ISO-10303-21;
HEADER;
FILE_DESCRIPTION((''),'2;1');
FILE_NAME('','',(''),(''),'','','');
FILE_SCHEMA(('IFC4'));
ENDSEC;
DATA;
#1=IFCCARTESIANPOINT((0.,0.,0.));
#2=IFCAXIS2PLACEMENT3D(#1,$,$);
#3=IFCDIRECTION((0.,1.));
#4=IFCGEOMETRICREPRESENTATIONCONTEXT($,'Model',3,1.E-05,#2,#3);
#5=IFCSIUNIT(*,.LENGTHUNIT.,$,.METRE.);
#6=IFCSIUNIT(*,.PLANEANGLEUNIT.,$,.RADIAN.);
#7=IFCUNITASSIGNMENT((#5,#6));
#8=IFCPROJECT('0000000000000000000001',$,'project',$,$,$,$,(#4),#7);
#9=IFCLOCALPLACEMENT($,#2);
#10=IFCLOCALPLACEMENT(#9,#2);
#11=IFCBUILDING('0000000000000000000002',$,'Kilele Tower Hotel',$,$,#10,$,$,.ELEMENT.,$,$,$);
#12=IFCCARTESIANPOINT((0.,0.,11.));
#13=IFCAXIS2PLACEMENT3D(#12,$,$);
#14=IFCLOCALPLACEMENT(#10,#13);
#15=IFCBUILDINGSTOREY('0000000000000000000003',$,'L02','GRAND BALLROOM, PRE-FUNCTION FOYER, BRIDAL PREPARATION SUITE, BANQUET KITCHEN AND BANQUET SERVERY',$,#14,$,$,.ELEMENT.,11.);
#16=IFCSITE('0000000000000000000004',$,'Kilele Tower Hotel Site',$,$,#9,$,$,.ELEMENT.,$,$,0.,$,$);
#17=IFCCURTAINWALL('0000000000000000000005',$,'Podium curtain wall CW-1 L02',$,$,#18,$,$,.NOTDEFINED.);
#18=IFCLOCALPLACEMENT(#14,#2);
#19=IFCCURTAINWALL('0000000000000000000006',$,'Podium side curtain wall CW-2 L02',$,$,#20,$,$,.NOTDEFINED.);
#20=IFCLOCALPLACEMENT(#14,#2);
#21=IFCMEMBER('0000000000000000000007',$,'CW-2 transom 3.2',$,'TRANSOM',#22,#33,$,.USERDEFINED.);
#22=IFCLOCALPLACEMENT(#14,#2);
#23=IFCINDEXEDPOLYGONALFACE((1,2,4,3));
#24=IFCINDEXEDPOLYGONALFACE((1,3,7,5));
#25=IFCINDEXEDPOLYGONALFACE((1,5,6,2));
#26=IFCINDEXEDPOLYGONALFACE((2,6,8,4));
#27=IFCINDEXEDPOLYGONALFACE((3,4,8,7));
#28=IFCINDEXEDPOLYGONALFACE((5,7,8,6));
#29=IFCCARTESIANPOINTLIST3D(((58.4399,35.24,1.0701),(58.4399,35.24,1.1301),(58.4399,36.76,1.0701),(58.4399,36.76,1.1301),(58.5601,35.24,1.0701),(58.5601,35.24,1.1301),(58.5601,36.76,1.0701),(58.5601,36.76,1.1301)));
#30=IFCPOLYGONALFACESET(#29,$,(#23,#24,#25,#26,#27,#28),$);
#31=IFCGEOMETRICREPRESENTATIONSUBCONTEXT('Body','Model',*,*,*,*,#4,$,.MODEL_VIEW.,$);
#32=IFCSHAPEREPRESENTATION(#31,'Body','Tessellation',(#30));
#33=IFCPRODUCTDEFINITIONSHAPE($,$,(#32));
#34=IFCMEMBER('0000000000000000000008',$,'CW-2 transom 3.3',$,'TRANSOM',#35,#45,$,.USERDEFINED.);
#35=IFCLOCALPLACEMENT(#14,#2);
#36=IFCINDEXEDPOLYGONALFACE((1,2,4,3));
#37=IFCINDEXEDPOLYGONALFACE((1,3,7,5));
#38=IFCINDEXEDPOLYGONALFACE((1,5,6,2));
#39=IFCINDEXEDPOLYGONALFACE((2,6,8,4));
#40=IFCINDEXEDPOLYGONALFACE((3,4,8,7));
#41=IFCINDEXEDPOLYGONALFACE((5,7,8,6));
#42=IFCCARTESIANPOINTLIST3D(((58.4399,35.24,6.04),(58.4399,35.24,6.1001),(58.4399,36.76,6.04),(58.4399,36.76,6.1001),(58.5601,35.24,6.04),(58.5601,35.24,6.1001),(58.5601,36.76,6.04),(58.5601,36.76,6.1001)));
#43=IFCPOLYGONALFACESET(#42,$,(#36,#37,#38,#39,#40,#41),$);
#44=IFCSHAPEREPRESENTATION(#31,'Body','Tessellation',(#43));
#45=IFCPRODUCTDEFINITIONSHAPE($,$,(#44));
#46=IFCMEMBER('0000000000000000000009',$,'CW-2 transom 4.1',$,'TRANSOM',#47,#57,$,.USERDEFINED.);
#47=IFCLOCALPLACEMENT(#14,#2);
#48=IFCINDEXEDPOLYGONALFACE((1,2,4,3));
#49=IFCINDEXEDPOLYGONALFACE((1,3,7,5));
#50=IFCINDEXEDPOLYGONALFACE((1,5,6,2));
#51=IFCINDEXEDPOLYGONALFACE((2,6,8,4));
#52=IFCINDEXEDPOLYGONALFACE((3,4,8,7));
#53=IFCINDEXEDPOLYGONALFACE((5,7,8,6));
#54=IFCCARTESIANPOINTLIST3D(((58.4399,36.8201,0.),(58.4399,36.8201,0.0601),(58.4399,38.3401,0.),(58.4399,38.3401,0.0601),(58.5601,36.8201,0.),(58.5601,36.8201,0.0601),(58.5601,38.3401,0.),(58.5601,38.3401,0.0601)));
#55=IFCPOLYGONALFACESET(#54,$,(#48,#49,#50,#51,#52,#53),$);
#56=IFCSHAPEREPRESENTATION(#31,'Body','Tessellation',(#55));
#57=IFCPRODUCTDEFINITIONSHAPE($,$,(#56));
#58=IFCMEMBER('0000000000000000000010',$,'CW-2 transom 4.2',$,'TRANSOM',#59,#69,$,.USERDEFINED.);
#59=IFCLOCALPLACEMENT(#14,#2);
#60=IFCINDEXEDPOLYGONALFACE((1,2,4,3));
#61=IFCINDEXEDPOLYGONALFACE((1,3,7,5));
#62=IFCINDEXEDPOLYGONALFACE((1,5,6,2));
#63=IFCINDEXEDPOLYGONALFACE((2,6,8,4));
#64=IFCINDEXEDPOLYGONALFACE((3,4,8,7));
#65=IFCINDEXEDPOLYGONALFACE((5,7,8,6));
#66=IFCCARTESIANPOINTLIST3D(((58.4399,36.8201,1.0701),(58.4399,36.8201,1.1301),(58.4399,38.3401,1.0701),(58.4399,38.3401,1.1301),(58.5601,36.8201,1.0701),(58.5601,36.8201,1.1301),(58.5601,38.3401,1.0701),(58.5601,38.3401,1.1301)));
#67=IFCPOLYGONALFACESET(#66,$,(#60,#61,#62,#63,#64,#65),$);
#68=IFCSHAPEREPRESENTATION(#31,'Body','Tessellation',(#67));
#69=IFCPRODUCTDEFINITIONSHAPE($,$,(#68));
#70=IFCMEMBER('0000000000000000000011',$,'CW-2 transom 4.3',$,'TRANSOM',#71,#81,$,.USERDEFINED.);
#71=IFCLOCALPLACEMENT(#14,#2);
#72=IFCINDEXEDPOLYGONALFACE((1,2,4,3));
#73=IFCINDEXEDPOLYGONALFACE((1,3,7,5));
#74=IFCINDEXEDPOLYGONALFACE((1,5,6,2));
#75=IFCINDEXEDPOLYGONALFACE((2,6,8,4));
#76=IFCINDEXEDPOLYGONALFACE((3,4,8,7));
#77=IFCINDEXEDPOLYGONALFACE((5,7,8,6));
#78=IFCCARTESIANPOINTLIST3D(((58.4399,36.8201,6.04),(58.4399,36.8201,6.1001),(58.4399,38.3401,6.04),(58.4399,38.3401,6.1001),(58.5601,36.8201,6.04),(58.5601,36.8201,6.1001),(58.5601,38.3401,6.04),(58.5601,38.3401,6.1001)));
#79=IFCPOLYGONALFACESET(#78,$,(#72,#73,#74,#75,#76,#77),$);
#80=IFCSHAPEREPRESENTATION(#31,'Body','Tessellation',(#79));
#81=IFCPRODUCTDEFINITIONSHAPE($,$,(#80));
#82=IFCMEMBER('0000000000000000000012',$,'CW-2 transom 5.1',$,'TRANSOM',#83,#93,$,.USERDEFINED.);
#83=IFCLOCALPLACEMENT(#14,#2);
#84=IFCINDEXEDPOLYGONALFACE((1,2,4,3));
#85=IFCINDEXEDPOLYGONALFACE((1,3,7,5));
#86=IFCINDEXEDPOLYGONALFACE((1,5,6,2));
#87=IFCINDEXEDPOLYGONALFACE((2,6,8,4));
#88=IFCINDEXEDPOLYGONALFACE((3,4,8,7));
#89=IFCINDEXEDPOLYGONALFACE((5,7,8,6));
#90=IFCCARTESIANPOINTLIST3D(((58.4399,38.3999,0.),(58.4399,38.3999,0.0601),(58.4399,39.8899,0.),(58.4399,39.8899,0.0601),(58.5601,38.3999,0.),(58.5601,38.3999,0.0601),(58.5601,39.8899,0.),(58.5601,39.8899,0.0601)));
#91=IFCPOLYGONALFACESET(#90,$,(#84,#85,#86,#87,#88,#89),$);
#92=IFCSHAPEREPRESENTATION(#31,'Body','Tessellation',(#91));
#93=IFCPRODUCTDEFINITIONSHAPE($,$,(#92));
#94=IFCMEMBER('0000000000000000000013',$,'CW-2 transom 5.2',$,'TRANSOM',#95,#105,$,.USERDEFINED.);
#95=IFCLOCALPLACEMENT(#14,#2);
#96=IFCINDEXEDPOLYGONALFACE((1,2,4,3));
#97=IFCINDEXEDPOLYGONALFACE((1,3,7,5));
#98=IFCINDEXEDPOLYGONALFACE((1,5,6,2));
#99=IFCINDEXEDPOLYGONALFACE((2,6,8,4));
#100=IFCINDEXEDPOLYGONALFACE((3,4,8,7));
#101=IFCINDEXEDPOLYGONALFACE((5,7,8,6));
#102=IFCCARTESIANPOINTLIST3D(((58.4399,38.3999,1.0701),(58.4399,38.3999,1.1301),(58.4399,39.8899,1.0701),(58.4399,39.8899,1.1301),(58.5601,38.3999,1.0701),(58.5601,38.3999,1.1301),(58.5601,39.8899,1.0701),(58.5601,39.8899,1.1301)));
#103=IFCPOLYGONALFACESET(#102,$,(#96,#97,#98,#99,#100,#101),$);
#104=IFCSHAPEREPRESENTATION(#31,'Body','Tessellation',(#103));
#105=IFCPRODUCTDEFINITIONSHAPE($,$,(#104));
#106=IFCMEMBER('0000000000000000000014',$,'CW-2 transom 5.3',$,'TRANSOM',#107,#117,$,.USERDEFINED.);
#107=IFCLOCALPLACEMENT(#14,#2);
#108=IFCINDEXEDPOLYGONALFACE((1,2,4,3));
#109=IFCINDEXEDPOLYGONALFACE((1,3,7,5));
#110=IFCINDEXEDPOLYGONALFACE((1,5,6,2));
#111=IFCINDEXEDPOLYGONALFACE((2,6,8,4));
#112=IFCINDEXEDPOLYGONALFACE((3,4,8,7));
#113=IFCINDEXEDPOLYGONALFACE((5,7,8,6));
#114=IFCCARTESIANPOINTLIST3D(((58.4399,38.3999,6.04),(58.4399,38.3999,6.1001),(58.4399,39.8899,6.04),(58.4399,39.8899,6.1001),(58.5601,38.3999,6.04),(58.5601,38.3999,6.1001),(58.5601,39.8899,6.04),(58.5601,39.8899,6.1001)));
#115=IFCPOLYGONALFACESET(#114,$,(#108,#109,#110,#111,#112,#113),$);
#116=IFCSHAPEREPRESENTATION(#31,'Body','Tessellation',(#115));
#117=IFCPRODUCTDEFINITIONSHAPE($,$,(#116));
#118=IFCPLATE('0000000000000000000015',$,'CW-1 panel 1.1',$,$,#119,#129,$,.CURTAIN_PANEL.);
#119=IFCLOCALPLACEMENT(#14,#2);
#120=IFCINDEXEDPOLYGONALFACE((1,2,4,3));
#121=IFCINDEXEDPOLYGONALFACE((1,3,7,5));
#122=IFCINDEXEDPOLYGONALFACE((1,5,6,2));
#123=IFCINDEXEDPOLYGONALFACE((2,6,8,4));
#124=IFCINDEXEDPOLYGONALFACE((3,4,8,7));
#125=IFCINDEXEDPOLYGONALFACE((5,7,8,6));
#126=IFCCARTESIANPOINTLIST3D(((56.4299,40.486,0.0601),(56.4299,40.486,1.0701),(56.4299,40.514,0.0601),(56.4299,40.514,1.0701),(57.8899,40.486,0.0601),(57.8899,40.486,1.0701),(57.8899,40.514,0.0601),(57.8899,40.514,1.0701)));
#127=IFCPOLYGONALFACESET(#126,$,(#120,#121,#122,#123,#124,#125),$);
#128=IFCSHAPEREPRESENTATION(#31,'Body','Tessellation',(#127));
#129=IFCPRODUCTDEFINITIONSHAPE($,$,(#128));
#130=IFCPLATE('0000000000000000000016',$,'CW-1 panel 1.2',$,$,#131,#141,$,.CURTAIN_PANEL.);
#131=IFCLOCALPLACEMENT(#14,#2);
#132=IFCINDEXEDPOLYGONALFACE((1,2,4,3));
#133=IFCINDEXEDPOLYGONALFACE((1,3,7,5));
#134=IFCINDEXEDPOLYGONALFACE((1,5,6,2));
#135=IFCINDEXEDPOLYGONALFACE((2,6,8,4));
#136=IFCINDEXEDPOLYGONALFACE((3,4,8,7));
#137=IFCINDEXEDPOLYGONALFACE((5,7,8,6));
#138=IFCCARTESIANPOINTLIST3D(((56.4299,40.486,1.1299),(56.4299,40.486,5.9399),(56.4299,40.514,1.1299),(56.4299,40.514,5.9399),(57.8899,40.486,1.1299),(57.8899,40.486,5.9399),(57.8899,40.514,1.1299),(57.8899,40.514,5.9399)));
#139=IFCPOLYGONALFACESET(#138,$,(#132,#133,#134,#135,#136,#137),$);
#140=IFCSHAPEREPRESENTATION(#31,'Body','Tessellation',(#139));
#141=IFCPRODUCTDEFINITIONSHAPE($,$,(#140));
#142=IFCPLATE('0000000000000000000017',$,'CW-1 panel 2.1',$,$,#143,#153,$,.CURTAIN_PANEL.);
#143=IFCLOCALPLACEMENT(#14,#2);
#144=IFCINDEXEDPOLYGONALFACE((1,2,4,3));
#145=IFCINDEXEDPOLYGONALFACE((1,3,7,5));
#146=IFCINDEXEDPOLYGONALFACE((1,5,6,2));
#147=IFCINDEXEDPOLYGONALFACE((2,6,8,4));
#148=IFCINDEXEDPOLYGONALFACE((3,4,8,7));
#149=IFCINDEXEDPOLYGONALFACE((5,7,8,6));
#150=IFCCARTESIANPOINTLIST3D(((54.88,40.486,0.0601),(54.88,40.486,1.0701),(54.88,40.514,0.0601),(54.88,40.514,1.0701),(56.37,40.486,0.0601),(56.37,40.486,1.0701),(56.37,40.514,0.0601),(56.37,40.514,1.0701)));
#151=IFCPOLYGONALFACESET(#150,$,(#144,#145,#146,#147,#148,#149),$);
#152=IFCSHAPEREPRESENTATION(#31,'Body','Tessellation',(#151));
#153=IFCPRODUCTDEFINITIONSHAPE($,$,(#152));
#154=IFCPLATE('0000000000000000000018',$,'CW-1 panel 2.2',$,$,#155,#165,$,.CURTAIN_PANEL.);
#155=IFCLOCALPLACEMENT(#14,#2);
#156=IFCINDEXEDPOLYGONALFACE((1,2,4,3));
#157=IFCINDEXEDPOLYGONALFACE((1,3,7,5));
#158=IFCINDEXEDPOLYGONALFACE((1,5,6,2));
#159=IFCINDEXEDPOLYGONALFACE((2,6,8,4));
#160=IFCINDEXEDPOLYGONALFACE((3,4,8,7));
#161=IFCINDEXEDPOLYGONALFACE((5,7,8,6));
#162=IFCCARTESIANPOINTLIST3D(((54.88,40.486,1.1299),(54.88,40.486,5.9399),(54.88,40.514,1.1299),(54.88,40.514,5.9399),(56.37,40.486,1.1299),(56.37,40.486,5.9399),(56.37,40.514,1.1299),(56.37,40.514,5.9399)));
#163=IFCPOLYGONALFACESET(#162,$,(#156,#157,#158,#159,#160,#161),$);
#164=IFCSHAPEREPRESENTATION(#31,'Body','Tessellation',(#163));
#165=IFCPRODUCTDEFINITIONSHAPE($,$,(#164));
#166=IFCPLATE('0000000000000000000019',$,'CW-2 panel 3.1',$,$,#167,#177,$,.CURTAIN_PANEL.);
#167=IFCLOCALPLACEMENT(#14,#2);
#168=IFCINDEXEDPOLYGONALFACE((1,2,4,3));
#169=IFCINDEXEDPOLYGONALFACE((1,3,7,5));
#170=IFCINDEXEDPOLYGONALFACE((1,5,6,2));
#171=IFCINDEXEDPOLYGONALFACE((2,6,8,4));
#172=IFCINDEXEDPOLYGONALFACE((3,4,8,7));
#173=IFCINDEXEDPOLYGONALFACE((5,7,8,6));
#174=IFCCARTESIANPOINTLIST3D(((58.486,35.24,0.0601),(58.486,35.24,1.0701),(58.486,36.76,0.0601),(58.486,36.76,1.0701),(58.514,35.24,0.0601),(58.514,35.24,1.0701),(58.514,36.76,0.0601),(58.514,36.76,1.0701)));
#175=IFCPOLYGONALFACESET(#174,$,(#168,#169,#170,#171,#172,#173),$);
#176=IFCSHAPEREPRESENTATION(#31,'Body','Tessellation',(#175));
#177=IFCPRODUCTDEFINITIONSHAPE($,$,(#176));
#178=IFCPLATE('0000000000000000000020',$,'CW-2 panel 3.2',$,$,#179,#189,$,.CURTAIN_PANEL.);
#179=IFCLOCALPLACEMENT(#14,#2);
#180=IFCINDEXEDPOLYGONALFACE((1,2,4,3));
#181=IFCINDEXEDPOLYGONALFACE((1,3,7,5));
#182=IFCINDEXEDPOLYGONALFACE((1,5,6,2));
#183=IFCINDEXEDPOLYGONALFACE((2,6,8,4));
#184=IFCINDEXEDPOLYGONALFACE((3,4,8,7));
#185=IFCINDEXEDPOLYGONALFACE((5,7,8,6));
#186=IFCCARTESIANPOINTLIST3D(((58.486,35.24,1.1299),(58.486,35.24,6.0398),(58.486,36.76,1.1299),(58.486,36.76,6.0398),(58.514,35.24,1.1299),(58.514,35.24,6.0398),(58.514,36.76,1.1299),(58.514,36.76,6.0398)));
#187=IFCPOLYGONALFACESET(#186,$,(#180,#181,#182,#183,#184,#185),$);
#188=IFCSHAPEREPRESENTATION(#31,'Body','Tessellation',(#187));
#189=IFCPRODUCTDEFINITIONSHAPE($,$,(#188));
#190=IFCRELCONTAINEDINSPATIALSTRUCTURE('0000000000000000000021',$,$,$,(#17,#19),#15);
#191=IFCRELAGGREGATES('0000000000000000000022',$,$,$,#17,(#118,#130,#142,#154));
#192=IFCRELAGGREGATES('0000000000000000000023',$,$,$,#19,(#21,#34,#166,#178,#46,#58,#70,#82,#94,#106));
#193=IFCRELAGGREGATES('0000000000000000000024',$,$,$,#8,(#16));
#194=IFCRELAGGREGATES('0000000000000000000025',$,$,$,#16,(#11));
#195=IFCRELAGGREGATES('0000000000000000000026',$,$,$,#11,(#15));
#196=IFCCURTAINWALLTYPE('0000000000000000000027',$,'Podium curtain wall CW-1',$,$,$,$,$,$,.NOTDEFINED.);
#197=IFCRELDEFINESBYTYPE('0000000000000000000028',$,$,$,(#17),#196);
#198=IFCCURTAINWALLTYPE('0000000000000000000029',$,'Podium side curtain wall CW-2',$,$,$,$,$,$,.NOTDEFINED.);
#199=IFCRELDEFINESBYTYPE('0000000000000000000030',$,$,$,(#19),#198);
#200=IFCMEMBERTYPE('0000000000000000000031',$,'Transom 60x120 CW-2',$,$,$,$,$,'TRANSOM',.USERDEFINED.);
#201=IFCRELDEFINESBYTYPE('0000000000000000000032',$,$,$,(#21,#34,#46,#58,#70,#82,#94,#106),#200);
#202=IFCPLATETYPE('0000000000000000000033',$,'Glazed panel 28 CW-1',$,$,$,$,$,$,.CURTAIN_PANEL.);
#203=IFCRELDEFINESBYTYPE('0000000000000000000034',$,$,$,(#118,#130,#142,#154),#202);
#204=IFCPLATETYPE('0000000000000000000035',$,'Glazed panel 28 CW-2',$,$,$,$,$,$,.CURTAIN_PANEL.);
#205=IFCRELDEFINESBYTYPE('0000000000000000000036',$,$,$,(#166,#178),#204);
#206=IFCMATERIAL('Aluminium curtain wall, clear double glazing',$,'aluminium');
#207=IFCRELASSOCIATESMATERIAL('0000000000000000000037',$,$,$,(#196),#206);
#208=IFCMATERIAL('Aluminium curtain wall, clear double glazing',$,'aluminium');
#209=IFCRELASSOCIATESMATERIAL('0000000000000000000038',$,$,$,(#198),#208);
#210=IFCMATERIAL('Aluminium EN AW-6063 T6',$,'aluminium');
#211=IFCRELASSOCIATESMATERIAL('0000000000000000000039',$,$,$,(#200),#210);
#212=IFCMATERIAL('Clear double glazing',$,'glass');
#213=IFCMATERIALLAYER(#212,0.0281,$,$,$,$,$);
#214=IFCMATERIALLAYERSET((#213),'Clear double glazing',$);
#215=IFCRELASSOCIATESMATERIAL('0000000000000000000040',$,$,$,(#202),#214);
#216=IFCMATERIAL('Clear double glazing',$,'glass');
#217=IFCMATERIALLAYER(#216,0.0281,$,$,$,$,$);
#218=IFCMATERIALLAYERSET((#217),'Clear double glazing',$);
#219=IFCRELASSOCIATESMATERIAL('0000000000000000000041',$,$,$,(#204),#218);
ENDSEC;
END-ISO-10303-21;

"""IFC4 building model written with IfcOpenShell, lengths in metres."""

from ifc_helpers import new_model, si_unit, direction, frame, origin, origin_2d, place, context, subcontext, project, spatial, rectangle, extrude, material, layer, layer_set, material_profile, profile_set, type_object, element, aggregate, save


model = new_model("IFC4")

# Units and contexts
model_context = context("Model", 3, precision=1e-05, world=origin(), true_north=direction((0.0, 1.0)))
body_context = subcontext(model_context, "Body", "Model", "MODEL_VIEW")
ifc_project = project(units=[si_unit("LENGTHUNIT", "METRE"), si_unit("PLANEANGLEUNIT", "RADIAN")], contexts=[model_context])

# Site, building, storey
site_placement = place(None, origin())
site = spatial("IfcSite", under=ifc_project, at=site_placement, Name="Kilele Tower Hotel Site", CompositionType="ELEMENT", RefElevation=0.0)
building_placement = place(site_placement, origin())
building = spatial("IfcBuilding", under=site, at=building_placement, Name="Kilele Tower Hotel", CompositionType="ELEMENT")
storey_placement = place(building_placement, frame((0.0, 0.0, 11.0)))
storey = spatial("IfcBuildingStorey", under=building, at=storey_placement, Name="L02", Description="GRAND BALLROOM, PRE-FUNCTION FOYER, BRIDAL PREPARATION SUITE, BANQUET KITCHEN AND BANQUET SERVERY", CompositionType="ELEMENT", Elevation=11.0)

# Curtain walls
ifc_material_1 = material(Name="Aluminium curtain wall, clear double glazing", Category="aluminium")
curtain_wall_type_1 = type_object("IfcCurtainWallType", Name="Podium curtain wall CW-1", PredefinedType="NOTDEFINED", material=ifc_material_1)
curtain_wall_1_placement = place(storey_placement, origin())
curtain_wall_1 = element("IfcCurtainWall", 1, at=curtain_wall_1_placement, inside=storey, type_object=curtain_wall_type_1, Name="Podium curtain wall CW-1 L02", PredefinedType="NOTDEFINED")
ifc_material_2 = material(Name="Aluminium curtain wall, clear double glazing", Category="aluminium")
curtain_wall_type_2 = type_object("IfcCurtainWallType", Name="Podium side curtain wall CW-2", PredefinedType="NOTDEFINED", material=ifc_material_2)
curtain_wall_2_placement = place(storey_placement, origin())
curtain_wall_2 = element("IfcCurtainWall", 2, at=curtain_wall_2_placement, inside=storey, type_object=curtain_wall_type_2, Name="Podium side curtain wall CW-2 L02", PredefinedType="NOTDEFINED")

# Members
ifc_material_3 = material(Name="Aluminium EN AW-6063 T6", Category="aluminium")
ifc_material_profile_1 = material_profile(ifc_material_3, rectangle(XDim=0.1201, YDim=0.0601, at=origin_2d()))
ifc_profile_set_1 = profile_set([ifc_material_profile_1], Name="Aluminium EN AW-6063 T6")
member_type_1 = type_object("IfcMemberType", Name="Transom 60x120 CW-2", ElementType="TRANSOM", PredefinedType="USERDEFINED", material=ifc_profile_set_1)
member_1_placement = place(storey_placement, frame((58.5, 35.24, 1.1001), z_axis=(0.0, 1.0, 0.0), x_axis=(-1.0, 0.0, 0.0)))
member_1 = element("IfcMember", 3, at=member_1_placement, type_object=member_type_1, Name="CW-2 transom 3.2", ObjectType="TRANSOM", PredefinedType="USERDEFINED", context=body_context, shape_type="SweptSolid", body=[
    extrude(rectangle(XDim=0.1201, YDim=0.0601, at=origin_2d()), origin(), (0.0, 0.0, 1.0), 1.52),
])
member_2_placement = place(storey_placement, frame((58.5, 35.24, 6.0701), z_axis=(0.0, 1.0, 0.0), x_axis=(-1.0, 0.0, 0.0)))
member_2 = element("IfcMember", 4, at=member_2_placement, type_object=member_type_1, Name="CW-2 transom 3.3", ObjectType="TRANSOM", PredefinedType="USERDEFINED", context=body_context, shape_type="SweptSolid", body=[
    extrude(rectangle(XDim=0.1201, YDim=0.0601, at=origin_2d()), origin(), (0.0, 0.0, 1.0), 1.52),
])
member_3_placement = place(storey_placement, frame((58.5, 36.8201, 0.03), z_axis=(0.0, 1.0, 0.0), x_axis=(-1.0, 0.0, 0.0)))
member_3 = element("IfcMember", 5, at=member_3_placement, type_object=member_type_1, Name="CW-2 transom 4.1", ObjectType="TRANSOM", PredefinedType="USERDEFINED", context=body_context, shape_type="SweptSolid", body=[
    extrude(rectangle(XDim=0.1201, YDim=0.0601, at=origin_2d()), origin(), (0.0, 0.0, 1.0), 1.52),
])
member_4_placement = place(storey_placement, frame((58.5, 36.8201, 1.1001), z_axis=(0.0, 1.0, 0.0), x_axis=(-1.0, 0.0, 0.0)))
member_4 = element("IfcMember", 6, at=member_4_placement, type_object=member_type_1, Name="CW-2 transom 4.2", ObjectType="TRANSOM", PredefinedType="USERDEFINED", context=body_context, shape_type="SweptSolid", body=[
    extrude(rectangle(XDim=0.1201, YDim=0.0601, at=origin_2d()), origin(), (0.0, 0.0, 1.0), 1.52),
])
member_5_placement = place(storey_placement, frame((58.5, 36.8201, 6.0701), z_axis=(0.0, 1.0, 0.0), x_axis=(-1.0, 0.0, 0.0)))
member_5 = element("IfcMember", 7, at=member_5_placement, type_object=member_type_1, Name="CW-2 transom 4.3", ObjectType="TRANSOM", PredefinedType="USERDEFINED", context=body_context, shape_type="SweptSolid", body=[
    extrude(rectangle(XDim=0.1201, YDim=0.0601, at=origin_2d()), origin(), (0.0, 0.0, 1.0), 1.52),
])
member_6_placement = place(storey_placement, frame((58.5, 38.3999, 0.03), z_axis=(0.0, 1.0, 0.0), x_axis=(-1.0, 0.0, 0.0)))
member_6 = element("IfcMember", 8, at=member_6_placement, type_object=member_type_1, Name="CW-2 transom 5.1", ObjectType="TRANSOM", PredefinedType="USERDEFINED", context=body_context, shape_type="SweptSolid", body=[
    extrude(rectangle(XDim=0.1201, YDim=0.0601, at=origin_2d()), origin(), (0.0, 0.0, 1.0), 1.49),
])
member_7_placement = place(storey_placement, frame((58.5, 38.3999, 1.1001), z_axis=(0.0, 1.0, 0.0), x_axis=(-1.0, 0.0, 0.0)))
member_7 = element("IfcMember", 9, at=member_7_placement, type_object=member_type_1, Name="CW-2 transom 5.2", ObjectType="TRANSOM", PredefinedType="USERDEFINED", context=body_context, shape_type="SweptSolid", body=[
    extrude(rectangle(XDim=0.1201, YDim=0.0601, at=origin_2d()), origin(), (0.0, 0.0, 1.0), 1.49),
])
member_8_placement = place(storey_placement, frame((58.5, 38.3999, 6.0701), z_axis=(0.0, 1.0, 0.0), x_axis=(-1.0, 0.0, 0.0)))
member_8 = element("IfcMember", 10, at=member_8_placement, type_object=member_type_1, Name="CW-2 transom 5.3", ObjectType="TRANSOM", PredefinedType="USERDEFINED", context=body_context, shape_type="SweptSolid", body=[
    extrude(rectangle(XDim=0.1201, YDim=0.0601, at=origin_2d()), origin(), (0.0, 0.0, 1.0), 1.49),
])

# Plates
ifc_material_4 = material(Name="Clear double glazing", Category="glass")
ifc_layer_1 = layer(ifc_material_4, 0.0281)
ifc_layer_set_1 = layer_set([ifc_layer_1], Name="Clear double glazing")
plate_type_1 = type_object("IfcPlateType", Name="Glazed panel 28 CW-1", PredefinedType="CURTAIN_PANEL", material=ifc_layer_set_1)
plate_1_placement = place(storey_placement, frame((57.1599, 40.5, 0.0601), z_axis=(0.0, 0.0, 1.0), x_axis=(-1.0, 0.0, 0.0)))
plate_1 = element("IfcPlate", 11, at=plate_1_placement, type_object=plate_type_1, Name="CW-1 panel 1.1", PredefinedType="CURTAIN_PANEL", context=body_context, shape_type="SweptSolid", body=[
    extrude(rectangle(XDim=1.46, YDim=0.0281, at=origin_2d()), origin(), (0.0, 0.0, 1.0), 1.01),
])
plate_2_placement = place(storey_placement, frame((57.1599, 40.5, 1.1299), z_axis=(0.0, 0.0, 1.0), x_axis=(-1.0, 0.0, 0.0)))
plate_2 = element("IfcPlate", 12, at=plate_2_placement, type_object=plate_type_1, Name="CW-1 panel 1.2", PredefinedType="CURTAIN_PANEL", context=body_context, shape_type="SweptSolid", body=[
    extrude(rectangle(XDim=1.46, YDim=0.0281, at=origin_2d()), origin(), (0.0, 0.0, 1.0), 4.8101),
])
plate_3_placement = place(storey_placement, frame((55.625, 40.5, 0.0601), z_axis=(0.0, 0.0, 1.0), x_axis=(-1.0, 0.0, 0.0)))
plate_3 = element("IfcPlate", 13, at=plate_3_placement, type_object=plate_type_1, Name="CW-1 panel 2.1", PredefinedType="CURTAIN_PANEL", context=body_context, shape_type="SweptSolid", body=[
    extrude(rectangle(XDim=1.49, YDim=0.0281, at=origin_2d()), origin(), (0.0, 0.0, 1.0), 1.01),
])
plate_4_placement = place(storey_placement, frame((55.625, 40.5, 1.1299), z_axis=(0.0, 0.0, 1.0), x_axis=(-1.0, 0.0, 0.0)))
plate_4 = element("IfcPlate", 14, at=plate_4_placement, type_object=plate_type_1, Name="CW-1 panel 2.2", PredefinedType="CURTAIN_PANEL", context=body_context, shape_type="SweptSolid", body=[
    extrude(rectangle(XDim=1.49, YDim=0.0281, at=origin_2d()), origin(), (0.0, 0.0, 1.0), 4.8101),
])
aggregate(curtain_wall_1, [plate_1, plate_2, plate_3, plate_4])
ifc_material_5 = material(Name="Clear double glazing", Category="glass")
ifc_layer_2 = layer(ifc_material_5, 0.0281)
ifc_layer_set_2 = layer_set([ifc_layer_2], Name="Clear double glazing")
plate_type_2 = type_object("IfcPlateType", Name="Glazed panel 28 CW-2", PredefinedType="CURTAIN_PANEL", material=ifc_layer_set_2)
plate_5_placement = place(storey_placement, frame((58.5, 36.0, 0.0601), z_axis=(0.0, 0.0, 1.0), x_axis=(0.0, 1.0, 0.0)))
plate_5 = element("IfcPlate", 15, at=plate_5_placement, type_object=plate_type_2, Name="CW-2 panel 3.1", PredefinedType="CURTAIN_PANEL", context=body_context, shape_type="SweptSolid", body=[
    extrude(rectangle(XDim=1.52, YDim=0.0281, at=origin_2d()), origin(), (0.0, 0.0, 1.0), 1.01),
])
plate_6_placement = place(storey_placement, frame((58.5, 36.0, 1.1299), z_axis=(0.0, 0.0, 1.0), x_axis=(0.0, 1.0, 0.0)))
plate_6 = element("IfcPlate", 16, at=plate_6_placement, type_object=plate_type_2, Name="CW-2 panel 3.2", PredefinedType="CURTAIN_PANEL", context=body_context, shape_type="SweptSolid", body=[
    extrude(rectangle(XDim=1.52, YDim=0.0281, at=origin_2d()), origin(), (0.0, 0.0, 1.0), 4.9099),
])
aggregate(curtain_wall_2, [member_1, member_2, plate_5, plate_6, member_3, member_4, member_5, member_6, member_7, member_8])

save(model, "model.ifc")
